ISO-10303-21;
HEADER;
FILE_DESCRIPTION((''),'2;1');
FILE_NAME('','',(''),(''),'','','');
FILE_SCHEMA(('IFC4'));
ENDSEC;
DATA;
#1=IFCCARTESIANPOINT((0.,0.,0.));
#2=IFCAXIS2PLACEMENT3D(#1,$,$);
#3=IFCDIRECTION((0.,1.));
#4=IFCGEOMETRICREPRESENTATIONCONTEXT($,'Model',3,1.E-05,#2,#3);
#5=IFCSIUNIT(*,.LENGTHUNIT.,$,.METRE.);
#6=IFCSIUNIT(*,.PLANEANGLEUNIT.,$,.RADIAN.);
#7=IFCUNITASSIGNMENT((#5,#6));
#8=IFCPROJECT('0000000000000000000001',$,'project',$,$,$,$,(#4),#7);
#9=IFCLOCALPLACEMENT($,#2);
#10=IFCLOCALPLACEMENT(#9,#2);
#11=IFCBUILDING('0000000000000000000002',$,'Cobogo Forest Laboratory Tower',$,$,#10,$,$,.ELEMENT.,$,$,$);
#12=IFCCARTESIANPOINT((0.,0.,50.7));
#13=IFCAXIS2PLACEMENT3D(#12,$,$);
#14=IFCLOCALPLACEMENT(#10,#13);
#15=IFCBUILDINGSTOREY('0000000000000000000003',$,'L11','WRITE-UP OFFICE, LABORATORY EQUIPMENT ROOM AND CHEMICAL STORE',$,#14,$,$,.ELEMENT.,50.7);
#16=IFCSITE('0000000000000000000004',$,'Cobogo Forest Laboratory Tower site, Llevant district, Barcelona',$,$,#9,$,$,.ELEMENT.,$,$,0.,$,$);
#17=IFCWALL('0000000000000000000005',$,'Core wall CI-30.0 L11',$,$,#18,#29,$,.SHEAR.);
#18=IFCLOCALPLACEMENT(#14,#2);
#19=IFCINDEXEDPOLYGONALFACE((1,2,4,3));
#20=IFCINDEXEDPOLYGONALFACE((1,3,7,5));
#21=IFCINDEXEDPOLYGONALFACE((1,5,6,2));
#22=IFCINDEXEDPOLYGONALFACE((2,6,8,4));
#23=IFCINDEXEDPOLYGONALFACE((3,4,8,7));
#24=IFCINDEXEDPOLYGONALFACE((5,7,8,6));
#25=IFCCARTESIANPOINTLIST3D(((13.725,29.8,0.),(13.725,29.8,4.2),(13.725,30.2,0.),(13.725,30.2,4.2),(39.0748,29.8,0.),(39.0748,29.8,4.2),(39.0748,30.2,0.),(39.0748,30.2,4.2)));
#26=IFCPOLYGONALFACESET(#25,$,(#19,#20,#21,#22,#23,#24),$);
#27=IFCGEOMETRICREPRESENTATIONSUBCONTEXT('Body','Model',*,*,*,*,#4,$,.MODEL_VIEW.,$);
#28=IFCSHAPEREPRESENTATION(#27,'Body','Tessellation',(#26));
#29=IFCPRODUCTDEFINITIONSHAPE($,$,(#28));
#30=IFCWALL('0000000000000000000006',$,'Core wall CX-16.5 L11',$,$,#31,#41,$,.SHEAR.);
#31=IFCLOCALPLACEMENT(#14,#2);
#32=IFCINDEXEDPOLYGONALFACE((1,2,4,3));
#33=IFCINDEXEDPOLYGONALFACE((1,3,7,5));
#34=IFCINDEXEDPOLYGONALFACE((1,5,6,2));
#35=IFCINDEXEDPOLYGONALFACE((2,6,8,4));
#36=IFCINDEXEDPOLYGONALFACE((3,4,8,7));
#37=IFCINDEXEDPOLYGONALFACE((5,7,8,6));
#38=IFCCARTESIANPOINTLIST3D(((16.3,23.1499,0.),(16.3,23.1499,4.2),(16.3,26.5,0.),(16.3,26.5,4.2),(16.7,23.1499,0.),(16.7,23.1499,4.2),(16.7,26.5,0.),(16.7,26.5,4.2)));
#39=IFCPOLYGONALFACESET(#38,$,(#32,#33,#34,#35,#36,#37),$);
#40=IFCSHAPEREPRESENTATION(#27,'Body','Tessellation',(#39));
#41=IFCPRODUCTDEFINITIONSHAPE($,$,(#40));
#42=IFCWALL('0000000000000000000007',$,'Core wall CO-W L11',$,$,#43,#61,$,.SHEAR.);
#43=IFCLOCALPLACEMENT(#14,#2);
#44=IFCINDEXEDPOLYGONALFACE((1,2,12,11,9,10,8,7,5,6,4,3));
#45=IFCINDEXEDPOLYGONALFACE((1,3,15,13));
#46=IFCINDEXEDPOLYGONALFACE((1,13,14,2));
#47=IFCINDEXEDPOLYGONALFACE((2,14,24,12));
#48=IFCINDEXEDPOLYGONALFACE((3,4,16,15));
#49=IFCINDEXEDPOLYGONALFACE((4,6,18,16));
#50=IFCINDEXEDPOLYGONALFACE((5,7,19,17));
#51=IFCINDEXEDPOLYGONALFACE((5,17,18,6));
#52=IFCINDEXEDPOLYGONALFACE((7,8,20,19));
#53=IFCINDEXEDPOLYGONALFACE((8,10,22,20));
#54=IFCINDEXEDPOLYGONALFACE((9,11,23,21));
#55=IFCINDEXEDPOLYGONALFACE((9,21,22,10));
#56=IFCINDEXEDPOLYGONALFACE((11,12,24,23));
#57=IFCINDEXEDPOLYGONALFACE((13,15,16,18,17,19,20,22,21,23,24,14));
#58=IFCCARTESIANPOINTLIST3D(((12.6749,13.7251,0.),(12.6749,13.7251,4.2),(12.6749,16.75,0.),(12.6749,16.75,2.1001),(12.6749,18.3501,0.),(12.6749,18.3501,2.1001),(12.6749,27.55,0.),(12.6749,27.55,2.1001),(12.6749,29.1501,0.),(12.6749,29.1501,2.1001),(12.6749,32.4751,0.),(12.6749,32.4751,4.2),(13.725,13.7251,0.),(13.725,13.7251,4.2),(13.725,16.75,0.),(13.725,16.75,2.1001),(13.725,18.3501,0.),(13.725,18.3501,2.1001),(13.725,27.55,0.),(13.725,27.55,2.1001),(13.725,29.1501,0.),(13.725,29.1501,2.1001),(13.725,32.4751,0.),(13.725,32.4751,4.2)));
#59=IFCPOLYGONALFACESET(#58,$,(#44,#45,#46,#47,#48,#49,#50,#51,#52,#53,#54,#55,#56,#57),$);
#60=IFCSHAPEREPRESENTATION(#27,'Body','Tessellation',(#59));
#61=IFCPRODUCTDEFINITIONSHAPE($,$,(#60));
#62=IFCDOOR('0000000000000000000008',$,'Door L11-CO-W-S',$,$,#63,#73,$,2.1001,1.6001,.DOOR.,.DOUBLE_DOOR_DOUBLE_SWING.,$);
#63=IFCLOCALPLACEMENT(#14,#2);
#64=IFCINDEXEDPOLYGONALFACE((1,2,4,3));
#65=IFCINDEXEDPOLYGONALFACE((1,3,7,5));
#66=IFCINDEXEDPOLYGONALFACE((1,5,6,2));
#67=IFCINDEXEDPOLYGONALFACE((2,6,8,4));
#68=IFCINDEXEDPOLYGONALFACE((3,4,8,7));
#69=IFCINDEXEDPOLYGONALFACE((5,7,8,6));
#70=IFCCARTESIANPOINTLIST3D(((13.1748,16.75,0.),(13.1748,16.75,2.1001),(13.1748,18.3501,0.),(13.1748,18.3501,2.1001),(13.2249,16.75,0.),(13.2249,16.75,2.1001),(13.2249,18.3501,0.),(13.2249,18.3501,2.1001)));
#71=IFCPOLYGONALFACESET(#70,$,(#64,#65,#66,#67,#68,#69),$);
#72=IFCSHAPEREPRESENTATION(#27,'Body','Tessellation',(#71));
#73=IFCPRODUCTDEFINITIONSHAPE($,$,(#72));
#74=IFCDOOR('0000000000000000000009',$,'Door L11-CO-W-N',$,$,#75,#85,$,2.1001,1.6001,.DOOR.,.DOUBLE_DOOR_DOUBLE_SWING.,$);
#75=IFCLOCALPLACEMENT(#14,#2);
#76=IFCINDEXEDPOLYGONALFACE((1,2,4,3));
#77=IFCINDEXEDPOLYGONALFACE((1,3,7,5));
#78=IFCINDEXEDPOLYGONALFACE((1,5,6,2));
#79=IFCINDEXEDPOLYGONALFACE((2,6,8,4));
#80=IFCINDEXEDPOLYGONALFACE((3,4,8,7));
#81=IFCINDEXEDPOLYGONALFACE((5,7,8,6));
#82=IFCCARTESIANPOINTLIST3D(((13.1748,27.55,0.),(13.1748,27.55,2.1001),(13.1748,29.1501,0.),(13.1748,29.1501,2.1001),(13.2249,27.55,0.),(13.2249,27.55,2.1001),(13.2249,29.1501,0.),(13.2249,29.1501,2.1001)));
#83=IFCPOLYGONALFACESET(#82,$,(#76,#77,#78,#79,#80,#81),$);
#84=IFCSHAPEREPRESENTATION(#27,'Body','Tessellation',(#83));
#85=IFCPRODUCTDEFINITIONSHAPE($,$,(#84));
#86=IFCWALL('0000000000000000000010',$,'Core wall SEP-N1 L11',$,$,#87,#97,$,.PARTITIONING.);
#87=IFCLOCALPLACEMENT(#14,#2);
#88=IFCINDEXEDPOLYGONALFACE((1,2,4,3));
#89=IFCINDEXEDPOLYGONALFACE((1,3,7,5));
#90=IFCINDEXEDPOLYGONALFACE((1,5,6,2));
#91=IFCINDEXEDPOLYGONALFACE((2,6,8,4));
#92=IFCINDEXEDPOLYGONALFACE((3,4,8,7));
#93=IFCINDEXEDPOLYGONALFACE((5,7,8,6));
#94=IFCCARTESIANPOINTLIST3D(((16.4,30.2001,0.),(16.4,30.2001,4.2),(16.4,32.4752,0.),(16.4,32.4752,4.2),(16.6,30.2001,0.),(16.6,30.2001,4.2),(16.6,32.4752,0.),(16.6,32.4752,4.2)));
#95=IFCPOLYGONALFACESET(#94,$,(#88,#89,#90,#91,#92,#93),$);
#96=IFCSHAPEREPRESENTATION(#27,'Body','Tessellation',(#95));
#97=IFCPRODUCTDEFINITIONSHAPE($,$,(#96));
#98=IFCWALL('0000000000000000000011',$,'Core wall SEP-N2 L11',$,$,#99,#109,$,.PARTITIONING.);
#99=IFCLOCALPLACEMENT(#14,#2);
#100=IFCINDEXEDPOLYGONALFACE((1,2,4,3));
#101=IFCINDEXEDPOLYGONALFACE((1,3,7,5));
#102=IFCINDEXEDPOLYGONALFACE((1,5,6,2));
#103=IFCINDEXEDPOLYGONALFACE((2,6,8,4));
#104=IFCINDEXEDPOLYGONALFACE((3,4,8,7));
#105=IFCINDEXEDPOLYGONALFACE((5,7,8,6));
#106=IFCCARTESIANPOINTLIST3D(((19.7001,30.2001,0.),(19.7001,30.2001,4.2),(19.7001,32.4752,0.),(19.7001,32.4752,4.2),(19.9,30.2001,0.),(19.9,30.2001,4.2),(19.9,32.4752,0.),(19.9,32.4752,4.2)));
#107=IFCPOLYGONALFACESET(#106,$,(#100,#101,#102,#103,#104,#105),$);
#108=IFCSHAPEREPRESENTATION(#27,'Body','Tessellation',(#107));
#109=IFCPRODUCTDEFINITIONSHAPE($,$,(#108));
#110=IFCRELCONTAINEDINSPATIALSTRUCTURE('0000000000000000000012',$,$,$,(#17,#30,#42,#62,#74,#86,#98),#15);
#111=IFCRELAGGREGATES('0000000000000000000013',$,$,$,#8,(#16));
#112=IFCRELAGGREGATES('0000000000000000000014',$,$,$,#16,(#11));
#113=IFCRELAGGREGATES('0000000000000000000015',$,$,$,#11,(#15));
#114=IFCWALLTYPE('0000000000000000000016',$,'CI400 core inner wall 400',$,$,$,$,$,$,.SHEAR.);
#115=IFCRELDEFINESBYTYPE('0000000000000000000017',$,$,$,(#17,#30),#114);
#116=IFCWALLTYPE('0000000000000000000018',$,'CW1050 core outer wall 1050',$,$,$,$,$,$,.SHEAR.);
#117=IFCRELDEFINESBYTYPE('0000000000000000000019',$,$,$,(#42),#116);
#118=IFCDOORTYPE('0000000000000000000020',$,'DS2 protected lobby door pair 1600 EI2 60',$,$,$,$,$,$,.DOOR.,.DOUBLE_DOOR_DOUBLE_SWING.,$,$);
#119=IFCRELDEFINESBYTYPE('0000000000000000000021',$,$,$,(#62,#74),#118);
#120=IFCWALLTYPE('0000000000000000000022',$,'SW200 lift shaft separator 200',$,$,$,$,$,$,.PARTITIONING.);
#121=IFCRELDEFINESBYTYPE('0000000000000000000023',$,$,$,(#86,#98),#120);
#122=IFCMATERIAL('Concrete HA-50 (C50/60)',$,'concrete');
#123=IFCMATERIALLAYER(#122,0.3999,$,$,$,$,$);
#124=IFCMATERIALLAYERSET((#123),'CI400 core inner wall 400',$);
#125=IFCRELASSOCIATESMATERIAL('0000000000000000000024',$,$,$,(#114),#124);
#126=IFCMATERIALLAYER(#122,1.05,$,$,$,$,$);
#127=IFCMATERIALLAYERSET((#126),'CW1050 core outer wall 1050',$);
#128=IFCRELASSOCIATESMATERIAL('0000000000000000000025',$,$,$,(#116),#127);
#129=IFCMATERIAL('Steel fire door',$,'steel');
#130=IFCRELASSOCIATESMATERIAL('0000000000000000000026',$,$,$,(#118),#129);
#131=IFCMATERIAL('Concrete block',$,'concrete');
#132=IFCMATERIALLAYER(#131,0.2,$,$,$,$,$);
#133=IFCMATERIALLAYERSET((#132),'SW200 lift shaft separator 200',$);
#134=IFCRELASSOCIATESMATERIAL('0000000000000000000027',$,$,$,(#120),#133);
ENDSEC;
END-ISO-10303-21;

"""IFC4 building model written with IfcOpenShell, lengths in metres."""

from ifc_helpers import new_model, si_unit, direction, frame, frame_2d, origin, place, context, subcontext, project, spatial, rectangle, extrude, material, layer, layer_set, type_object, element, fill, save


model = new_model("IFC4")

# Units and contexts
model_context = context("Model", 3, precision=1e-05, world=origin(), true_north=direction((0.0, 1.0)))
body_context = subcontext(model_context, "Body", "Model", "MODEL_VIEW")
ifc_project = project(units=[si_unit("LENGTHUNIT", "METRE"), si_unit("PLANEANGLEUNIT", "RADIAN")], contexts=[model_context])

# Site, building, storey
site_placement = place(None, origin())
site = spatial("IfcSite", under=ifc_project, at=site_placement, Name="Cobogo Forest Laboratory Tower site, Llevant district, Barcelona", CompositionType="ELEMENT", RefElevation=0.0)
building_placement = place(site_placement, origin())
building = spatial("IfcBuilding", under=site, at=building_placement, Name="Cobogo Forest Laboratory Tower", CompositionType="ELEMENT")
storey_placement = place(building_placement, frame((0.0, 0.0, 50.7)))
storey = spatial("IfcBuildingStorey", under=building, at=storey_placement, Name="L11", Description="WRITE-UP OFFICE, LABORATORY EQUIPMENT ROOM AND CHEMICAL STORE", CompositionType="ELEMENT", Elevation=50.7)

# Shared definitions
ifc_material_1 = material(Name="Concrete HA-50 (C50/60)", Category="concrete")
ifc_layer_1 = layer(ifc_material_1, 0.3999)
ifc_layer_set_1 = layer_set([ifc_layer_1], Name="CI400 core inner wall 400")
wall_type_1 = type_object("IfcWallType", Name="CI400 core inner wall 400", PredefinedType="SHEAR", material=ifc_layer_set_1)
ifc_material_2 = material(Name="Steel fire door", Category="steel")

# Walls
wall_1_placement = place(storey_placement, frame((13.7251, 30.0, 0.0), z_axis=(0.0, 0.0, 1.0), x_axis=(1.0, 0.0, 0.0)))
element("IfcWall", 1, at=wall_1_placement, inside=storey, type_object=wall_type_1, Name="Core wall CI-30.0 L11", PredefinedType="SHEAR", context=body_context, shape_type="SweptSolid", body=[
    extrude(rectangle(XDim=25.3499, YDim=0.3999, at=frame_2d((12.6748, 0.0))), origin(), (0.0, 0.0, 1.0), 4.2),
])
wall_2_placement = place(storey_placement, frame((16.5, 23.1499, 0.0), z_axis=(0.0, 0.0, 1.0), x_axis=(0.0, 1.0, 0.0)))
element("IfcWall", 2, at=wall_2_placement, inside=storey, type_object=wall_type_1, Name="Core wall CX-16.5 L11", PredefinedType="SHEAR", context=body_context, shape_type="SweptSolid", body=[
    extrude(rectangle(XDim=3.3501, YDim=0.3999, at=frame_2d((1.675, 0.0))), origin(), (0.0, 0.0, 1.0), 4.2),
])

# Wall, openings, doors
ifc_layer_2 = layer(ifc_material_1, 1.05)
ifc_layer_set_2 = layer_set([ifc_layer_2], Name="CW1050 core outer wall 1050")
wall_type_2 = type_object("IfcWallType", Name="CW1050 core outer wall 1050", PredefinedType="SHEAR", material=ifc_layer_set_2)
wall_3_placement = place(storey_placement, frame((13.2, 32.4751, 0.0), z_axis=(0.0, 0.0, 1.0), x_axis=(0.0, -1.0, 0.0)))
wall_3 = element("IfcWall", 3, at=wall_3_placement, inside=storey, type_object=wall_type_2, Name="Core wall CO-W L11", PredefinedType="SHEAR", context=body_context, shape_type="SweptSolid", body=[
    extrude(rectangle(XDim=18.75, YDim=1.05, at=frame_2d((9.375, 0.0))), origin(), (0.0, 0.0, 1.0), 4.2),
])
opening_1_placement = place(wall_3_placement, frame((14.125, 0.0, 0.0)))
opening_1 = element("IfcOpeningElement", 4, at=opening_1_placement, cuts=wall_3, PredefinedType="OPENING", context=body_context, shape_type="SweptSolid", body=[
    extrude(rectangle(XDim=1.6001, YDim=2.1001, at=frame_2d((0.8, 1.05))), frame((0.0, 0.5349, 0.0), z_axis=(0.0, -1.0, 0.0), x_axis=(1.0, 0.0, 0.0)), (0.0, 0.0, 1.0), 1.0701),
])
opening_2_placement = place(wall_3_placement, frame((3.325, 0.0, 0.0)))
opening_2 = element("IfcOpeningElement", 5, at=opening_2_placement, cuts=wall_3, PredefinedType="OPENING", context=body_context, shape_type="SweptSolid", body=[
    extrude(rectangle(XDim=1.6001, YDim=2.1001, at=frame_2d((0.8, 1.05))), frame((0.0, 0.5349, 0.0), z_axis=(0.0, -1.0, 0.0), x_axis=(1.0, 0.0, 0.0)), (0.0, 0.0, 1.0), 1.0701),
])
door_type_1 = type_object("IfcDoorType", Name="DS2 protected lobby door pair 1600 EI2 60", OperationType="DOUBLE_DOOR_DOUBLE_SWING", PredefinedType="DOOR", material=ifc_material_2)
door_1_placement = place(opening_1_placement, origin())
door_1 = element("IfcDoor", 6, at=door_1_placement, inside=storey, type_object=door_type_1, Name="Door L11-CO-W-S", OperationType="DOUBLE_DOOR_DOUBLE_SWING", OverallHeight=2.1001, OverallWidth=1.6001, PredefinedType="DOOR", context=body_context, shape_type="SweptSolid", body=[
    extrude(rectangle(XDim=1.6001, YDim=2.1001, at=frame_2d((0.8, 1.05))), frame((0.0, 0.0249, 0.0), z_axis=(0.0, -1.0, 0.0), x_axis=(1.0, 0.0, 0.0)), (0.0, 0.0, 1.0), 0.05),
])
fill(opening_1, door_1)
door_2_placement = place(opening_2_placement, origin())
door_2 = element("IfcDoor", 7, at=door_2_placement, inside=storey, type_object=door_type_1, Name="Door L11-CO-W-N", OperationType="DOUBLE_DOOR_DOUBLE_SWING", OverallHeight=2.1001, OverallWidth=1.6001, PredefinedType="DOOR", context=body_context, shape_type="SweptSolid", body=[
    extrude(rectangle(XDim=1.6001, YDim=2.1001, at=frame_2d((0.8, 1.05))), frame((0.0, 0.0249, 0.0), z_axis=(0.0, -1.0, 0.0), x_axis=(1.0, 0.0, 0.0)), (0.0, 0.0, 1.0), 0.05),
])
fill(opening_2, door_2)

# Walls
ifc_material_3 = material(Name="Concrete block", Category="concrete")
ifc_layer_3 = layer(ifc_material_3, 0.2)
ifc_layer_set_3 = layer_set([ifc_layer_3], Name="SW200 lift shaft separator 200")
wall_type_3 = type_object("IfcWallType", Name="SW200 lift shaft separator 200", PredefinedType="PARTITIONING", material=ifc_layer_set_3)
for number, where, z_axis, x_axis, name in (
    (8, (16.5, 30.2, 0.0), (0.0, 0.0, 1.0), (0.0, 1.0, 0.0), "Core wall SEP-N1 L11"),
    (9, (19.8, 30.2, 0.0), (0.0, 0.0, 1.0), (0.0, 1.0, 0.0), "Core wall SEP-N2 L11"),
):
    element("IfcWall", number, at=place(storey_placement, frame(where, z_axis=z_axis, x_axis=x_axis)), inside=storey, type_object=wall_type_3, Name=name, PredefinedType="PARTITIONING", context=body_context, shape_type="SweptSolid", body=[
        extrude(rectangle(XDim=2.2751, YDim=0.2, at=frame_2d((1.1377, 0.0))), origin(), (0.0, 0.0, 1.0), 4.2),
    ])

save(model, "model.ifc")
